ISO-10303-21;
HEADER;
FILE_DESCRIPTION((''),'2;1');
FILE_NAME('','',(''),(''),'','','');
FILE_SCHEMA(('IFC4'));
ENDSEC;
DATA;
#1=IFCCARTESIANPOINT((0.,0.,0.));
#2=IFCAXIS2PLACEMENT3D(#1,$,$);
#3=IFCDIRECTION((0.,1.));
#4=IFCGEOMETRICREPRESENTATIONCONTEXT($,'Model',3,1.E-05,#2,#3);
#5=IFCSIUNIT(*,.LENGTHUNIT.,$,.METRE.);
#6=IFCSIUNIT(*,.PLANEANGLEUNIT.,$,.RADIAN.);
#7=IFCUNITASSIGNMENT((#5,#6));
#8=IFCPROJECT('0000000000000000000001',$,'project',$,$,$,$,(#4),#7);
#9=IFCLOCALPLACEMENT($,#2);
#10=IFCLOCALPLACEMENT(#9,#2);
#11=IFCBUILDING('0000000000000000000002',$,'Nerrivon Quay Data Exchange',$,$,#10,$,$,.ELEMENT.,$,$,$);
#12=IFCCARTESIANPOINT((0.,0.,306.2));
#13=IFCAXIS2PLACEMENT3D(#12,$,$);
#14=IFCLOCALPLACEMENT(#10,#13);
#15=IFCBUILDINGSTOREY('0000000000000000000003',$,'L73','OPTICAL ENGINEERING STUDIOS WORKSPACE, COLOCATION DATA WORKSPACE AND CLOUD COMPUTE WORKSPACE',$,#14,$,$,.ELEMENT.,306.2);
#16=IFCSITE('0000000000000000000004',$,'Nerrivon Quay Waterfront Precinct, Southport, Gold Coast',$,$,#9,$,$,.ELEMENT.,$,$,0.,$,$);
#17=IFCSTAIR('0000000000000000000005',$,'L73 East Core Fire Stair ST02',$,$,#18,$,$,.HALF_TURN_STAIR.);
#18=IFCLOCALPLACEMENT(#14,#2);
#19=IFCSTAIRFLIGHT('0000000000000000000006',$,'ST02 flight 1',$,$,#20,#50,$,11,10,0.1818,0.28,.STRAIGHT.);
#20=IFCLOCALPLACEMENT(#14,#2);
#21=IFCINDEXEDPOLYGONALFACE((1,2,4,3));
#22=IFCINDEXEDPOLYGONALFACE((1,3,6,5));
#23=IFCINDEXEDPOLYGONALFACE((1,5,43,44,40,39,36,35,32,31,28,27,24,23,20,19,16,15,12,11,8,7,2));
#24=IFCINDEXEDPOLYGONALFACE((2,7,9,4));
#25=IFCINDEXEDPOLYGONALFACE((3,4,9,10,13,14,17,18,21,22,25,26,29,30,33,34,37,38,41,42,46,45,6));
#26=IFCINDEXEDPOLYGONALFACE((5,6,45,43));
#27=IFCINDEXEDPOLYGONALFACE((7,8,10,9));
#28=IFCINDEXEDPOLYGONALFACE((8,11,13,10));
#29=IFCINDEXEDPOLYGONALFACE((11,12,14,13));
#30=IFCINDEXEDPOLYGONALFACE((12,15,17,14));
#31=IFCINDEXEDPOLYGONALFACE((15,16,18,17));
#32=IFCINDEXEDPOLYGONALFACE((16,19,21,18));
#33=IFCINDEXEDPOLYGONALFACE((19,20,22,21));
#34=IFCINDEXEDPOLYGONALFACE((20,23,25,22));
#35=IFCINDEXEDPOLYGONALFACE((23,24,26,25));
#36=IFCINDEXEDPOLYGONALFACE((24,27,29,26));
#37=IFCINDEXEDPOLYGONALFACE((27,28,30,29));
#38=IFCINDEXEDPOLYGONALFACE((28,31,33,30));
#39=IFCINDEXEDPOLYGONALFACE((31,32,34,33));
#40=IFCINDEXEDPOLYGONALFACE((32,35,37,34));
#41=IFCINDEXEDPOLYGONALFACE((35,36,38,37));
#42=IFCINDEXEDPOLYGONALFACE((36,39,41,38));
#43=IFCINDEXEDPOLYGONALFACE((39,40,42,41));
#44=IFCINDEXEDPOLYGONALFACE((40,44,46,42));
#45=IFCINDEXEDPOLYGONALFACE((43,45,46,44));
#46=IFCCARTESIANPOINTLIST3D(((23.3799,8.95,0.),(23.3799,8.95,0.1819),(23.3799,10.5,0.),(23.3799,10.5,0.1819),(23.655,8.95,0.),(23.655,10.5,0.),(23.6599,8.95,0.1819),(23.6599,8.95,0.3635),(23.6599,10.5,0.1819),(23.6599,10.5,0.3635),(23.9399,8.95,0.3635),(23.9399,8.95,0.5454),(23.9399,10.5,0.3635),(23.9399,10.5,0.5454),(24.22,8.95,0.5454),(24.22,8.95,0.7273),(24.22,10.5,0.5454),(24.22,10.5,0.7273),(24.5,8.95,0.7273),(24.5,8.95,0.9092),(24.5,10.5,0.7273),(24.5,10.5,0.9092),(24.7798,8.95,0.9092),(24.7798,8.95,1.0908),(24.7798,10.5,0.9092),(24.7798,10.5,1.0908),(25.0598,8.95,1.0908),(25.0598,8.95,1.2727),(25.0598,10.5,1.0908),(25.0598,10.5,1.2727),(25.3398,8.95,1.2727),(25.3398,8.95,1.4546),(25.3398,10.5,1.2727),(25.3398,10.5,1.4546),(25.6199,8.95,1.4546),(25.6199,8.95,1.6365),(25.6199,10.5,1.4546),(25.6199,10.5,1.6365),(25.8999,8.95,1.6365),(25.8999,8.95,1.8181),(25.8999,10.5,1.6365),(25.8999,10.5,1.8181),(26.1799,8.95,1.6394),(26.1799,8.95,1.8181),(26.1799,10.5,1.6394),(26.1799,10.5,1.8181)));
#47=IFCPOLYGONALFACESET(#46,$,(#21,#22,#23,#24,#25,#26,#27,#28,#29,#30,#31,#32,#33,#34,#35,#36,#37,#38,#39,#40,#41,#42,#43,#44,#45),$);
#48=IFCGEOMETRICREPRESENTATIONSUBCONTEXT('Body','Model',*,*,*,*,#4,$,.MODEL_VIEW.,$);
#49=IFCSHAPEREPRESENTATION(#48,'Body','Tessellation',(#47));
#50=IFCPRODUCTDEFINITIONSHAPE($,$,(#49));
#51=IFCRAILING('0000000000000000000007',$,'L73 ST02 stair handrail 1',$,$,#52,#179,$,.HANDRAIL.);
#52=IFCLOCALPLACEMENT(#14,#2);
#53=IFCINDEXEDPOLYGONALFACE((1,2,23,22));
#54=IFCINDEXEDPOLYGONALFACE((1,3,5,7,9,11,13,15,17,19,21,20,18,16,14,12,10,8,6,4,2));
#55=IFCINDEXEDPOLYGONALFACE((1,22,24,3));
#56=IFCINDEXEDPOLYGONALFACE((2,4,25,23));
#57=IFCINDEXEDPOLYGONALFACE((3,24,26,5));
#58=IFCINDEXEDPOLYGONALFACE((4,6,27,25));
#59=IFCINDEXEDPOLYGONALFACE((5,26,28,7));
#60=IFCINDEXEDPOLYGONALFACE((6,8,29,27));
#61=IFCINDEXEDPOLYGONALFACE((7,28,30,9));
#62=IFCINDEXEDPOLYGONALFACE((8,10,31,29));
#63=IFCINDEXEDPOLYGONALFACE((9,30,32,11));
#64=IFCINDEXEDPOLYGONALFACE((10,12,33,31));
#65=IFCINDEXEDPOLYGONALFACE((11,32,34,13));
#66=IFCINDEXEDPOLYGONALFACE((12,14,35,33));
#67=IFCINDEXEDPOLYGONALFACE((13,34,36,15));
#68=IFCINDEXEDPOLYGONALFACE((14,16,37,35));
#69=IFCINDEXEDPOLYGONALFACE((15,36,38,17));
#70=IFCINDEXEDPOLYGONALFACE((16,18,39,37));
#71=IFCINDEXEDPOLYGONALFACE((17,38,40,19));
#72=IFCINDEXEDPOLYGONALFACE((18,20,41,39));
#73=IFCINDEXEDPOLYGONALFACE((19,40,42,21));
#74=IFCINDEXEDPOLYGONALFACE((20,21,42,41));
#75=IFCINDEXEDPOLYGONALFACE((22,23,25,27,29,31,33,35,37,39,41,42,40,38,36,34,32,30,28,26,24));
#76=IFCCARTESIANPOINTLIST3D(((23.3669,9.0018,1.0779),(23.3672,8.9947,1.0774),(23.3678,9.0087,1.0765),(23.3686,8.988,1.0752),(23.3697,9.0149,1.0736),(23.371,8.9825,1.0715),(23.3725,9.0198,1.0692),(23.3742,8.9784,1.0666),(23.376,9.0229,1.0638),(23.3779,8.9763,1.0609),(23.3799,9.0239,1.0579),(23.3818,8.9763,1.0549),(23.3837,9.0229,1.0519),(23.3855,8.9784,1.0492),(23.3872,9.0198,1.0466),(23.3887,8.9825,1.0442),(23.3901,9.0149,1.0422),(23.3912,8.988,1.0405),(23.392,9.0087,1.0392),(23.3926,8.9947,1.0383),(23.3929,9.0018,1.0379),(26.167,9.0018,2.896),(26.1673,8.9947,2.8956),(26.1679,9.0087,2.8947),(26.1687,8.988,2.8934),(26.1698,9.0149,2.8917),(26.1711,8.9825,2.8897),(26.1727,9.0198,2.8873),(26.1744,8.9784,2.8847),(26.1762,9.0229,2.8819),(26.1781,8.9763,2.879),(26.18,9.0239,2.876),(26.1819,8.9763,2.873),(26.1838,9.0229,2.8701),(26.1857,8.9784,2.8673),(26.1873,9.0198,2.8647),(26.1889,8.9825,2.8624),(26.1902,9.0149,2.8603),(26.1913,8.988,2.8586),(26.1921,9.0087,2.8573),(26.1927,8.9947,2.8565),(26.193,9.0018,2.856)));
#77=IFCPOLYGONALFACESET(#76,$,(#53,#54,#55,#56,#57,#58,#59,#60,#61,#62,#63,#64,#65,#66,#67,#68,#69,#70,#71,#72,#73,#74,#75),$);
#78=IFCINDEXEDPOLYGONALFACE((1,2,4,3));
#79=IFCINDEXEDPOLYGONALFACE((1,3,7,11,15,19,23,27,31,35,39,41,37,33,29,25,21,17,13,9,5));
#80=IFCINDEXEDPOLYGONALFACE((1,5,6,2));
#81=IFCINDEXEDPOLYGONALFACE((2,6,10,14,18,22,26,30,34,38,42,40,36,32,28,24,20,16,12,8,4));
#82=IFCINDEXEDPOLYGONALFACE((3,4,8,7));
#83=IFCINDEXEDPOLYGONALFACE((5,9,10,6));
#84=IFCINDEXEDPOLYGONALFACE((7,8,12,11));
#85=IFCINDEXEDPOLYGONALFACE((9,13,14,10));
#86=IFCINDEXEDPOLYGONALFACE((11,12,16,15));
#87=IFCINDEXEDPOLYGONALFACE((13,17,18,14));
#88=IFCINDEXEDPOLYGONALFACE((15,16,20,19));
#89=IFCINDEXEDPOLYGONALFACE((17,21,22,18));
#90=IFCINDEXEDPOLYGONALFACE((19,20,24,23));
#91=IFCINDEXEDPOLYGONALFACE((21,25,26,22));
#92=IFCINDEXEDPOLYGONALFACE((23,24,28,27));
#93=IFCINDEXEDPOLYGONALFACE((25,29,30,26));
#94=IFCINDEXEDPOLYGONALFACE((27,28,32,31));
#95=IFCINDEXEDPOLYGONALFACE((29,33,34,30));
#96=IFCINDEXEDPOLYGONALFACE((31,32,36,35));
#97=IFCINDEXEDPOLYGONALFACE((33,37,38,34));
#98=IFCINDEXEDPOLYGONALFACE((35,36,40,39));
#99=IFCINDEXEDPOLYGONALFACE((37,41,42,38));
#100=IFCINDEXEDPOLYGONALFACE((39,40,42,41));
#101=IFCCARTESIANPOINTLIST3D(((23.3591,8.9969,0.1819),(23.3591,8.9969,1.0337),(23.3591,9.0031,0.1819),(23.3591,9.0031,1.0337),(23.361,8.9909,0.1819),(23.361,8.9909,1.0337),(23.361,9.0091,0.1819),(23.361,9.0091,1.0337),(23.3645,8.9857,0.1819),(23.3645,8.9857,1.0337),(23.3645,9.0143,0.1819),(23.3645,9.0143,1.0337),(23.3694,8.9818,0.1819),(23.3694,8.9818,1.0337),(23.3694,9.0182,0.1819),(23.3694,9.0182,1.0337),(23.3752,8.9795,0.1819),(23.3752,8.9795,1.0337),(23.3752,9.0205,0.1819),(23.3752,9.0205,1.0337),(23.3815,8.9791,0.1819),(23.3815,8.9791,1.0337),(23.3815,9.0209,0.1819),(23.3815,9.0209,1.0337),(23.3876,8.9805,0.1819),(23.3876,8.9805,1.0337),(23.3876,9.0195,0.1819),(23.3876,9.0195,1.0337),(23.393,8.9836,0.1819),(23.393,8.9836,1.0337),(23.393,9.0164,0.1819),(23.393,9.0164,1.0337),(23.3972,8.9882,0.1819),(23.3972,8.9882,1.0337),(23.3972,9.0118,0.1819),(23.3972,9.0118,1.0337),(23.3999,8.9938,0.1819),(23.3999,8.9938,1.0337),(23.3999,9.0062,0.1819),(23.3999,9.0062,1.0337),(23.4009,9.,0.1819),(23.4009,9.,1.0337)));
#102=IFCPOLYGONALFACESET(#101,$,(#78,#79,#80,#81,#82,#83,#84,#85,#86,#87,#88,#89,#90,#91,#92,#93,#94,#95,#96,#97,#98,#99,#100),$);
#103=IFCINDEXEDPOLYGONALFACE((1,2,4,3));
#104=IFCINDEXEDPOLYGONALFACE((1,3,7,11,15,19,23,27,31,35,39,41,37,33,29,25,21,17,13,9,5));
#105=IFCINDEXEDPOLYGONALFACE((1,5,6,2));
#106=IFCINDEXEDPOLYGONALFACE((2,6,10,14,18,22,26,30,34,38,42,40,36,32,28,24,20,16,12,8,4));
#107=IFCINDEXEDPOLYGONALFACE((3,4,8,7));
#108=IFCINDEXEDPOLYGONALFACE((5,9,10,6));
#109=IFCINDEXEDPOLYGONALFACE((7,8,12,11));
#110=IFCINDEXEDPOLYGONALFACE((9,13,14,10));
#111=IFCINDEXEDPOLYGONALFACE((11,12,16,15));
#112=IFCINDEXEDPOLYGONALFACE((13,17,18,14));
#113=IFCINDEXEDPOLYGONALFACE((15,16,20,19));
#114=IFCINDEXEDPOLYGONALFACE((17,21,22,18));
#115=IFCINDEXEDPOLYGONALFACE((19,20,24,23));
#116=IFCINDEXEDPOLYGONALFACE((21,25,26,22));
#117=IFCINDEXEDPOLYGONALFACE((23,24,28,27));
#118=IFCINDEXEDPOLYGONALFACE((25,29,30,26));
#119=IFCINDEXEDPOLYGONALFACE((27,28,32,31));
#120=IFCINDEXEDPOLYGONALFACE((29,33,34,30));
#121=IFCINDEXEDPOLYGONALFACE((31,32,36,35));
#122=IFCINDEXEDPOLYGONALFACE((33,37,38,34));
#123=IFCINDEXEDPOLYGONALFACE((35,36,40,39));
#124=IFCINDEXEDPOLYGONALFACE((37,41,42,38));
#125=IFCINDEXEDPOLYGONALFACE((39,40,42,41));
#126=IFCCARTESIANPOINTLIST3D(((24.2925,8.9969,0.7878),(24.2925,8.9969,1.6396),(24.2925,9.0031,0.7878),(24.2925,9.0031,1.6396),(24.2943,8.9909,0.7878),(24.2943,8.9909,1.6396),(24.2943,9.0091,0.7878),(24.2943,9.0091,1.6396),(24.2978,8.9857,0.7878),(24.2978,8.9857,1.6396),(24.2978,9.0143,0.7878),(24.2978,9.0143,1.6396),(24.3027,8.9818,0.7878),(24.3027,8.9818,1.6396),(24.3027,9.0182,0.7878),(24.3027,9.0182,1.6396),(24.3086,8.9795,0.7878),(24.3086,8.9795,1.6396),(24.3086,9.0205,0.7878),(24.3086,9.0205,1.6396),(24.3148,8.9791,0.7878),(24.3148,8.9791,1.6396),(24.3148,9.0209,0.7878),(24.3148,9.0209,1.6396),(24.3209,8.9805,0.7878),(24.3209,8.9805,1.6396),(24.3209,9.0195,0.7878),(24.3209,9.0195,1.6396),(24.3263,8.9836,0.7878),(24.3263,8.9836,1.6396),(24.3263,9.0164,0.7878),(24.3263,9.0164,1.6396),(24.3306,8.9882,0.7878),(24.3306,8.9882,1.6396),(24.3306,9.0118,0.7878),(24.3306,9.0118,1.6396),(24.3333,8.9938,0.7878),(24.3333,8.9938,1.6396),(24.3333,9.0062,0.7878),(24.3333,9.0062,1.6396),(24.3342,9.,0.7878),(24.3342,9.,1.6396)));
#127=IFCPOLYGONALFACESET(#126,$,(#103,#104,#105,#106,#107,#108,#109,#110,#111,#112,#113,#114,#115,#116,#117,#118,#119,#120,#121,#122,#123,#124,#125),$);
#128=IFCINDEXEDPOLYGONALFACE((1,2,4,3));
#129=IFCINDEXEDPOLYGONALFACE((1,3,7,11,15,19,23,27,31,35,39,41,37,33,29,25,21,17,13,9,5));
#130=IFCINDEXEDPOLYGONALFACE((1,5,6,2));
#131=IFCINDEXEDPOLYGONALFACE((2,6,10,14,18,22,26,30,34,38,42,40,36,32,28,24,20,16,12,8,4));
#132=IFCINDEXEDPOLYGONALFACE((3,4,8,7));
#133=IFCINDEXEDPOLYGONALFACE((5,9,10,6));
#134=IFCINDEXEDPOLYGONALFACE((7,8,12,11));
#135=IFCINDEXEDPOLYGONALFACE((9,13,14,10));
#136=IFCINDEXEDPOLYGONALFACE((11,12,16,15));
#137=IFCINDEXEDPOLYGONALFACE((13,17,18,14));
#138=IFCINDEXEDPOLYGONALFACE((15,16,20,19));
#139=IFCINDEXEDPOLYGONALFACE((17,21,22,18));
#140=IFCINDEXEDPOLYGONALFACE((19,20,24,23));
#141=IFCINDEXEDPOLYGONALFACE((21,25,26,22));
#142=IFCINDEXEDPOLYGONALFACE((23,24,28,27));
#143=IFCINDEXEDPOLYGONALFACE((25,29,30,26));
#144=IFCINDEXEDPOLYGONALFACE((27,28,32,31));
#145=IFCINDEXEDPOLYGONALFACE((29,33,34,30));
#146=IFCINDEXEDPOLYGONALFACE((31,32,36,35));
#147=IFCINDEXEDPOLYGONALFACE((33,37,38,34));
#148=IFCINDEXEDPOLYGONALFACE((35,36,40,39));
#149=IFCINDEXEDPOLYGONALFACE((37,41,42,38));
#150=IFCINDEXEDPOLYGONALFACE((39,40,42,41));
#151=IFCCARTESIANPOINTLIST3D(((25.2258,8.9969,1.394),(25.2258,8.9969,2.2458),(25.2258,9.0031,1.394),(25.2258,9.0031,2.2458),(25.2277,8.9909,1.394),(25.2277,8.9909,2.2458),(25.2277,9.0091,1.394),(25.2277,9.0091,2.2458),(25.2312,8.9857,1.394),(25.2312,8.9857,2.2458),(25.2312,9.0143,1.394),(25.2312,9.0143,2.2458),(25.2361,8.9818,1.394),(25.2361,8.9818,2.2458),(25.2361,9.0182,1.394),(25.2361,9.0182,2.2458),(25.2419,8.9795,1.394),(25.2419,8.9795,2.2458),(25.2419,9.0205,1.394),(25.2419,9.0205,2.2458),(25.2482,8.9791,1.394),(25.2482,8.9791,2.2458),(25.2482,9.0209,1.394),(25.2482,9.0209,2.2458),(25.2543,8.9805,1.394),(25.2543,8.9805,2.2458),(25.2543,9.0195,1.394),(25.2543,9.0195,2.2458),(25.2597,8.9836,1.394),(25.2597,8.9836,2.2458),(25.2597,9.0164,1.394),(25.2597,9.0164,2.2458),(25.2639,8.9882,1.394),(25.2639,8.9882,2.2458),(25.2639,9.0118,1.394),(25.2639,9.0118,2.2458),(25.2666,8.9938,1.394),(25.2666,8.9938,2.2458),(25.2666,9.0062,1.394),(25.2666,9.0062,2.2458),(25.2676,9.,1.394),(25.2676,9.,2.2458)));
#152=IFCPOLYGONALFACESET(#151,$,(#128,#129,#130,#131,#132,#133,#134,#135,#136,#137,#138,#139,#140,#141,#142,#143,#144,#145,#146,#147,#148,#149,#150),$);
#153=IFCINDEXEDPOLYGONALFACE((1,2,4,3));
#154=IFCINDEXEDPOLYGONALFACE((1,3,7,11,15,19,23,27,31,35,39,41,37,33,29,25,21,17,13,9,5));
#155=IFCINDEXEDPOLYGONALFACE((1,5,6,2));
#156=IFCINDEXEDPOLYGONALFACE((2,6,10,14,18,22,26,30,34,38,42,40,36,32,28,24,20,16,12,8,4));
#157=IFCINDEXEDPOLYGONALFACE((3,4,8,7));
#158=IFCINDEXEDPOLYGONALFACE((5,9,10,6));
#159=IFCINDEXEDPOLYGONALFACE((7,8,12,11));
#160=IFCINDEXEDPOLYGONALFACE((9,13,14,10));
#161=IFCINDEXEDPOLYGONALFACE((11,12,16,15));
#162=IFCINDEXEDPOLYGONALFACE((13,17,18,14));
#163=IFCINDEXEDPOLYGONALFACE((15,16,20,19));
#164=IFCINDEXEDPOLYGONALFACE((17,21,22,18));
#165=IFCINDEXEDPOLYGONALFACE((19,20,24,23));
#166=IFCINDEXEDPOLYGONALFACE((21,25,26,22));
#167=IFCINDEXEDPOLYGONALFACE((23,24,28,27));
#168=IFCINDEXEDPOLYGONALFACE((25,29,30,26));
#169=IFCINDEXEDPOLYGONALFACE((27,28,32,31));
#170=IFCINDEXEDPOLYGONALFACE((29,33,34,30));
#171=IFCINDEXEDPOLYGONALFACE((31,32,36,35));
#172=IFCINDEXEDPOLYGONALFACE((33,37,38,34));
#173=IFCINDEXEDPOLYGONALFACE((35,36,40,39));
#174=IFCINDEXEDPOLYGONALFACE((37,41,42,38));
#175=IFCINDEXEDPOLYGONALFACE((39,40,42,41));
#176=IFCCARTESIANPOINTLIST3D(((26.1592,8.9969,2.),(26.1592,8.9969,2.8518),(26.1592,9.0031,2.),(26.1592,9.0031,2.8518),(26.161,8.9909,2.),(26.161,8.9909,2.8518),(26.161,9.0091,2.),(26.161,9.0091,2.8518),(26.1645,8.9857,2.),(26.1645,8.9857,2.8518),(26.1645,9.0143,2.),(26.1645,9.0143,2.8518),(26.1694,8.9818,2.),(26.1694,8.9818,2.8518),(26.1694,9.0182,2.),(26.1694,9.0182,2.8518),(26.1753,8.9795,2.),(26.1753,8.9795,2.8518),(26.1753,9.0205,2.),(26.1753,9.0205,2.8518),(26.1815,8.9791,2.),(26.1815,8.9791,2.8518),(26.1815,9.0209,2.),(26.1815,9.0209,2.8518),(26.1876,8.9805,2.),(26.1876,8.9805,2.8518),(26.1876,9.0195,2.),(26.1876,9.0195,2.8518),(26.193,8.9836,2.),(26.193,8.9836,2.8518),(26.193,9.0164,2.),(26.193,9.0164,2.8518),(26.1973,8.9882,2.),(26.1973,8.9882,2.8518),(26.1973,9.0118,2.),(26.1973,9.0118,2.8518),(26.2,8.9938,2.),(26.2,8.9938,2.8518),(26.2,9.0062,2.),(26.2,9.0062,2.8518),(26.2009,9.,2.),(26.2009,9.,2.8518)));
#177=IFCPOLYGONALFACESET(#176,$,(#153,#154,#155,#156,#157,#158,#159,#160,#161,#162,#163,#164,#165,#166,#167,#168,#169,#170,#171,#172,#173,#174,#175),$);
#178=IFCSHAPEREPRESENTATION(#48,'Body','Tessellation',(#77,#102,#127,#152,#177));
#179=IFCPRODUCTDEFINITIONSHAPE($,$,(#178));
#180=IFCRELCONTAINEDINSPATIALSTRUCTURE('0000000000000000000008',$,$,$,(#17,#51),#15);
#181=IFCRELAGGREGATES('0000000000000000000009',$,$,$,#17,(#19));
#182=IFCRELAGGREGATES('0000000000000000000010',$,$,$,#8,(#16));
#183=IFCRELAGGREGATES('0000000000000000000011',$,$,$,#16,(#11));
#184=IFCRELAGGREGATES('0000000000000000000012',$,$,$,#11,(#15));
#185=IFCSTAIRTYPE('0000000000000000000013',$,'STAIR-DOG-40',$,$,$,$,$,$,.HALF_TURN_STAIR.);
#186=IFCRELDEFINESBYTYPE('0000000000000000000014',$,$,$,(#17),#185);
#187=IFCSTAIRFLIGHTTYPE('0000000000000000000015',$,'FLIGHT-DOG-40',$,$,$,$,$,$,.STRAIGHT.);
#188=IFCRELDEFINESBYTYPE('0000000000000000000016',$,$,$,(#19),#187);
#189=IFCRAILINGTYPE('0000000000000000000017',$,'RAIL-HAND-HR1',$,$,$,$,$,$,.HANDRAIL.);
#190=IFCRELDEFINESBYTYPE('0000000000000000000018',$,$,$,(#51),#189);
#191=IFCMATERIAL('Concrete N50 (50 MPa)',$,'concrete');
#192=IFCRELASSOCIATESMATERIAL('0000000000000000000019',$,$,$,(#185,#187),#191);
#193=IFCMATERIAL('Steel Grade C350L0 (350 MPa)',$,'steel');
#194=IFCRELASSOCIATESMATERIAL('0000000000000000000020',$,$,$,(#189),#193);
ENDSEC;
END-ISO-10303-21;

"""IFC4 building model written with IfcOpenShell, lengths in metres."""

from ifc_helpers import new_model, si_unit, direction, frame, origin, origin_2d, place, context, subcontext, project, spatial, polyline, circle, outline, extrude, material, type_object, element, aggregate, save


model = new_model("IFC4")

# Units and contexts
model_context = context("Model", 3, precision=1e-05, world=origin(), true_north=direction((0.0, 1.0)))
body_context = subcontext(model_context, "Body", "Model", "MODEL_VIEW")
ifc_project = project(units=[si_unit("LENGTHUNIT", "METRE"), si_unit("PLANEANGLEUNIT", "RADIAN")], contexts=[model_context])

# Site, building, storey
site_placement = place(None, origin())
site = spatial("IfcSite", under=ifc_project, at=site_placement, Name="Nerrivon Quay Waterfront Precinct, Southport, Gold Coast", CompositionType="ELEMENT", RefElevation=0.0)
building_placement = place(site_placement, origin())
building = spatial("IfcBuilding", under=site, at=building_placement, Name="Nerrivon Quay Data Exchange", CompositionType="ELEMENT")
storey_placement = place(building_placement, frame((0.0, 0.0, 306.2)))
storey = spatial("IfcBuildingStorey", under=building, at=storey_placement, Name="L73", Description="OPTICAL ENGINEERING STUDIOS WORKSPACE, COLOCATION DATA WORKSPACE AND CLOUD COMPUTE WORKSPACE", CompositionType="ELEMENT", Elevation=306.2)

# Shared definitions
ifc_material_1 = material(Name="Concrete N50 (50 MPa)", Category="concrete")

# Stair, stair flight
stair_type = type_object("IfcStairType", Name="STAIR-DOG-40", PredefinedType="HALF_TURN_STAIR", material=ifc_material_1)
stair_placement = place(storey_placement, origin())
stair = element("IfcStair", 1, at=stair_placement, inside=storey, type_object=stair_type, Name="L73 East Core Fire Stair ST02", PredefinedType="HALF_TURN_STAIR")
stair_flight_type = type_object("IfcStairFlightType", Name="FLIGHT-DOG-40", PredefinedType="STRAIGHT", material=ifc_material_1)
stair_flight_placement = place(storey_placement, frame((23.3799, 9.7251, 0.0), z_axis=(0.0, 0.0, 1.0), x_axis=(1.0, 0.0, 0.0)))
stair_flight = element("IfcStairFlight", 2, at=stair_flight_placement, type_object=stair_flight_type, Name="ST02 flight 1", NumberOfRisers=11, NumberOfTreads=10, PredefinedType="STRAIGHT", RiserHeight=0.1818, TreadLength=0.28, context=body_context, shape_type="SweptSolid", body=[
    extrude(outline(polyline([(0.0, 0.0), (0.0, 0.1819), (0.28, 0.1819), (0.28, 0.3635), (0.5601, 0.3635), (0.5601, 0.5454), (0.8401, 0.5454), (0.8401, 0.7273), (1.1201, 0.7273), (1.1201, 0.9092), (1.3999, 0.9092), (1.3999, 1.0908), (1.6799, 1.0908), (1.6799, 1.2727), (1.96, 1.2727), (1.96, 1.4546), (2.24, 1.4546), (2.24, 1.6365), (2.52, 1.6365), (2.52, 1.8181), (2.8, 1.8181), (2.8, 2.0), (2.8, 1.6394), (0.2751, 0.0), (0.0, 0.0)])), frame((0.0, 0.7749, 0.0), z_axis=(0.0, -1.0, 0.0), x_axis=(1.0, 0.0, 0.0)), (0.0, 0.0, 1.0), 1.55),
])
aggregate(stair, [stair_flight])

# Railing
ifc_material_2 = material(Name="Steel Grade C350L0 (350 MPa)", Category="steel")
railing_type_1 = type_object("IfcRailingType", Name="RAIL-HAND-HR1", PredefinedType="HANDRAIL", material=ifc_material_2)
railing_1_placement = place(storey_placement, frame((23.3799, 9.0, 0.1819)))
element("IfcRailing", 3, at=railing_1_placement, inside=storey, type_object=railing_type_1, Name="L73 ST02 stair handrail 1", PredefinedType="HANDRAIL", context=body_context, shape_type="SweptSolid", body=[
    extrude(circle(Radius=0.0239, at=origin_2d()), frame((0.0, 0.0, 0.876), z_axis=(0.838706, 0.0, 0.544585), x_axis=(0.0, 1.0, 0.0)), (0.0, 0.0, 1.0), 3.3386),
    extrude(circle(Radius=0.021, at=origin_2d()), origin(), (0.0, 0.0, 1.0), 0.8518),
    extrude(circle(Radius=0.021, at=origin_2d()), frame((0.9333, 0.0, 0.606)), (0.0, 0.0, 1.0), 0.8518),
    extrude(circle(Radius=0.021, at=origin_2d()), frame((1.8667, 0.0, 1.2122)), (0.0, 0.0, 1.0), 0.8518),
    extrude(circle(Radius=0.021, at=origin_2d()), frame((2.8, 0.0, 1.8181)), (0.0, 0.0, 1.0), 0.8518),
])

save(model, "model.ifc")
